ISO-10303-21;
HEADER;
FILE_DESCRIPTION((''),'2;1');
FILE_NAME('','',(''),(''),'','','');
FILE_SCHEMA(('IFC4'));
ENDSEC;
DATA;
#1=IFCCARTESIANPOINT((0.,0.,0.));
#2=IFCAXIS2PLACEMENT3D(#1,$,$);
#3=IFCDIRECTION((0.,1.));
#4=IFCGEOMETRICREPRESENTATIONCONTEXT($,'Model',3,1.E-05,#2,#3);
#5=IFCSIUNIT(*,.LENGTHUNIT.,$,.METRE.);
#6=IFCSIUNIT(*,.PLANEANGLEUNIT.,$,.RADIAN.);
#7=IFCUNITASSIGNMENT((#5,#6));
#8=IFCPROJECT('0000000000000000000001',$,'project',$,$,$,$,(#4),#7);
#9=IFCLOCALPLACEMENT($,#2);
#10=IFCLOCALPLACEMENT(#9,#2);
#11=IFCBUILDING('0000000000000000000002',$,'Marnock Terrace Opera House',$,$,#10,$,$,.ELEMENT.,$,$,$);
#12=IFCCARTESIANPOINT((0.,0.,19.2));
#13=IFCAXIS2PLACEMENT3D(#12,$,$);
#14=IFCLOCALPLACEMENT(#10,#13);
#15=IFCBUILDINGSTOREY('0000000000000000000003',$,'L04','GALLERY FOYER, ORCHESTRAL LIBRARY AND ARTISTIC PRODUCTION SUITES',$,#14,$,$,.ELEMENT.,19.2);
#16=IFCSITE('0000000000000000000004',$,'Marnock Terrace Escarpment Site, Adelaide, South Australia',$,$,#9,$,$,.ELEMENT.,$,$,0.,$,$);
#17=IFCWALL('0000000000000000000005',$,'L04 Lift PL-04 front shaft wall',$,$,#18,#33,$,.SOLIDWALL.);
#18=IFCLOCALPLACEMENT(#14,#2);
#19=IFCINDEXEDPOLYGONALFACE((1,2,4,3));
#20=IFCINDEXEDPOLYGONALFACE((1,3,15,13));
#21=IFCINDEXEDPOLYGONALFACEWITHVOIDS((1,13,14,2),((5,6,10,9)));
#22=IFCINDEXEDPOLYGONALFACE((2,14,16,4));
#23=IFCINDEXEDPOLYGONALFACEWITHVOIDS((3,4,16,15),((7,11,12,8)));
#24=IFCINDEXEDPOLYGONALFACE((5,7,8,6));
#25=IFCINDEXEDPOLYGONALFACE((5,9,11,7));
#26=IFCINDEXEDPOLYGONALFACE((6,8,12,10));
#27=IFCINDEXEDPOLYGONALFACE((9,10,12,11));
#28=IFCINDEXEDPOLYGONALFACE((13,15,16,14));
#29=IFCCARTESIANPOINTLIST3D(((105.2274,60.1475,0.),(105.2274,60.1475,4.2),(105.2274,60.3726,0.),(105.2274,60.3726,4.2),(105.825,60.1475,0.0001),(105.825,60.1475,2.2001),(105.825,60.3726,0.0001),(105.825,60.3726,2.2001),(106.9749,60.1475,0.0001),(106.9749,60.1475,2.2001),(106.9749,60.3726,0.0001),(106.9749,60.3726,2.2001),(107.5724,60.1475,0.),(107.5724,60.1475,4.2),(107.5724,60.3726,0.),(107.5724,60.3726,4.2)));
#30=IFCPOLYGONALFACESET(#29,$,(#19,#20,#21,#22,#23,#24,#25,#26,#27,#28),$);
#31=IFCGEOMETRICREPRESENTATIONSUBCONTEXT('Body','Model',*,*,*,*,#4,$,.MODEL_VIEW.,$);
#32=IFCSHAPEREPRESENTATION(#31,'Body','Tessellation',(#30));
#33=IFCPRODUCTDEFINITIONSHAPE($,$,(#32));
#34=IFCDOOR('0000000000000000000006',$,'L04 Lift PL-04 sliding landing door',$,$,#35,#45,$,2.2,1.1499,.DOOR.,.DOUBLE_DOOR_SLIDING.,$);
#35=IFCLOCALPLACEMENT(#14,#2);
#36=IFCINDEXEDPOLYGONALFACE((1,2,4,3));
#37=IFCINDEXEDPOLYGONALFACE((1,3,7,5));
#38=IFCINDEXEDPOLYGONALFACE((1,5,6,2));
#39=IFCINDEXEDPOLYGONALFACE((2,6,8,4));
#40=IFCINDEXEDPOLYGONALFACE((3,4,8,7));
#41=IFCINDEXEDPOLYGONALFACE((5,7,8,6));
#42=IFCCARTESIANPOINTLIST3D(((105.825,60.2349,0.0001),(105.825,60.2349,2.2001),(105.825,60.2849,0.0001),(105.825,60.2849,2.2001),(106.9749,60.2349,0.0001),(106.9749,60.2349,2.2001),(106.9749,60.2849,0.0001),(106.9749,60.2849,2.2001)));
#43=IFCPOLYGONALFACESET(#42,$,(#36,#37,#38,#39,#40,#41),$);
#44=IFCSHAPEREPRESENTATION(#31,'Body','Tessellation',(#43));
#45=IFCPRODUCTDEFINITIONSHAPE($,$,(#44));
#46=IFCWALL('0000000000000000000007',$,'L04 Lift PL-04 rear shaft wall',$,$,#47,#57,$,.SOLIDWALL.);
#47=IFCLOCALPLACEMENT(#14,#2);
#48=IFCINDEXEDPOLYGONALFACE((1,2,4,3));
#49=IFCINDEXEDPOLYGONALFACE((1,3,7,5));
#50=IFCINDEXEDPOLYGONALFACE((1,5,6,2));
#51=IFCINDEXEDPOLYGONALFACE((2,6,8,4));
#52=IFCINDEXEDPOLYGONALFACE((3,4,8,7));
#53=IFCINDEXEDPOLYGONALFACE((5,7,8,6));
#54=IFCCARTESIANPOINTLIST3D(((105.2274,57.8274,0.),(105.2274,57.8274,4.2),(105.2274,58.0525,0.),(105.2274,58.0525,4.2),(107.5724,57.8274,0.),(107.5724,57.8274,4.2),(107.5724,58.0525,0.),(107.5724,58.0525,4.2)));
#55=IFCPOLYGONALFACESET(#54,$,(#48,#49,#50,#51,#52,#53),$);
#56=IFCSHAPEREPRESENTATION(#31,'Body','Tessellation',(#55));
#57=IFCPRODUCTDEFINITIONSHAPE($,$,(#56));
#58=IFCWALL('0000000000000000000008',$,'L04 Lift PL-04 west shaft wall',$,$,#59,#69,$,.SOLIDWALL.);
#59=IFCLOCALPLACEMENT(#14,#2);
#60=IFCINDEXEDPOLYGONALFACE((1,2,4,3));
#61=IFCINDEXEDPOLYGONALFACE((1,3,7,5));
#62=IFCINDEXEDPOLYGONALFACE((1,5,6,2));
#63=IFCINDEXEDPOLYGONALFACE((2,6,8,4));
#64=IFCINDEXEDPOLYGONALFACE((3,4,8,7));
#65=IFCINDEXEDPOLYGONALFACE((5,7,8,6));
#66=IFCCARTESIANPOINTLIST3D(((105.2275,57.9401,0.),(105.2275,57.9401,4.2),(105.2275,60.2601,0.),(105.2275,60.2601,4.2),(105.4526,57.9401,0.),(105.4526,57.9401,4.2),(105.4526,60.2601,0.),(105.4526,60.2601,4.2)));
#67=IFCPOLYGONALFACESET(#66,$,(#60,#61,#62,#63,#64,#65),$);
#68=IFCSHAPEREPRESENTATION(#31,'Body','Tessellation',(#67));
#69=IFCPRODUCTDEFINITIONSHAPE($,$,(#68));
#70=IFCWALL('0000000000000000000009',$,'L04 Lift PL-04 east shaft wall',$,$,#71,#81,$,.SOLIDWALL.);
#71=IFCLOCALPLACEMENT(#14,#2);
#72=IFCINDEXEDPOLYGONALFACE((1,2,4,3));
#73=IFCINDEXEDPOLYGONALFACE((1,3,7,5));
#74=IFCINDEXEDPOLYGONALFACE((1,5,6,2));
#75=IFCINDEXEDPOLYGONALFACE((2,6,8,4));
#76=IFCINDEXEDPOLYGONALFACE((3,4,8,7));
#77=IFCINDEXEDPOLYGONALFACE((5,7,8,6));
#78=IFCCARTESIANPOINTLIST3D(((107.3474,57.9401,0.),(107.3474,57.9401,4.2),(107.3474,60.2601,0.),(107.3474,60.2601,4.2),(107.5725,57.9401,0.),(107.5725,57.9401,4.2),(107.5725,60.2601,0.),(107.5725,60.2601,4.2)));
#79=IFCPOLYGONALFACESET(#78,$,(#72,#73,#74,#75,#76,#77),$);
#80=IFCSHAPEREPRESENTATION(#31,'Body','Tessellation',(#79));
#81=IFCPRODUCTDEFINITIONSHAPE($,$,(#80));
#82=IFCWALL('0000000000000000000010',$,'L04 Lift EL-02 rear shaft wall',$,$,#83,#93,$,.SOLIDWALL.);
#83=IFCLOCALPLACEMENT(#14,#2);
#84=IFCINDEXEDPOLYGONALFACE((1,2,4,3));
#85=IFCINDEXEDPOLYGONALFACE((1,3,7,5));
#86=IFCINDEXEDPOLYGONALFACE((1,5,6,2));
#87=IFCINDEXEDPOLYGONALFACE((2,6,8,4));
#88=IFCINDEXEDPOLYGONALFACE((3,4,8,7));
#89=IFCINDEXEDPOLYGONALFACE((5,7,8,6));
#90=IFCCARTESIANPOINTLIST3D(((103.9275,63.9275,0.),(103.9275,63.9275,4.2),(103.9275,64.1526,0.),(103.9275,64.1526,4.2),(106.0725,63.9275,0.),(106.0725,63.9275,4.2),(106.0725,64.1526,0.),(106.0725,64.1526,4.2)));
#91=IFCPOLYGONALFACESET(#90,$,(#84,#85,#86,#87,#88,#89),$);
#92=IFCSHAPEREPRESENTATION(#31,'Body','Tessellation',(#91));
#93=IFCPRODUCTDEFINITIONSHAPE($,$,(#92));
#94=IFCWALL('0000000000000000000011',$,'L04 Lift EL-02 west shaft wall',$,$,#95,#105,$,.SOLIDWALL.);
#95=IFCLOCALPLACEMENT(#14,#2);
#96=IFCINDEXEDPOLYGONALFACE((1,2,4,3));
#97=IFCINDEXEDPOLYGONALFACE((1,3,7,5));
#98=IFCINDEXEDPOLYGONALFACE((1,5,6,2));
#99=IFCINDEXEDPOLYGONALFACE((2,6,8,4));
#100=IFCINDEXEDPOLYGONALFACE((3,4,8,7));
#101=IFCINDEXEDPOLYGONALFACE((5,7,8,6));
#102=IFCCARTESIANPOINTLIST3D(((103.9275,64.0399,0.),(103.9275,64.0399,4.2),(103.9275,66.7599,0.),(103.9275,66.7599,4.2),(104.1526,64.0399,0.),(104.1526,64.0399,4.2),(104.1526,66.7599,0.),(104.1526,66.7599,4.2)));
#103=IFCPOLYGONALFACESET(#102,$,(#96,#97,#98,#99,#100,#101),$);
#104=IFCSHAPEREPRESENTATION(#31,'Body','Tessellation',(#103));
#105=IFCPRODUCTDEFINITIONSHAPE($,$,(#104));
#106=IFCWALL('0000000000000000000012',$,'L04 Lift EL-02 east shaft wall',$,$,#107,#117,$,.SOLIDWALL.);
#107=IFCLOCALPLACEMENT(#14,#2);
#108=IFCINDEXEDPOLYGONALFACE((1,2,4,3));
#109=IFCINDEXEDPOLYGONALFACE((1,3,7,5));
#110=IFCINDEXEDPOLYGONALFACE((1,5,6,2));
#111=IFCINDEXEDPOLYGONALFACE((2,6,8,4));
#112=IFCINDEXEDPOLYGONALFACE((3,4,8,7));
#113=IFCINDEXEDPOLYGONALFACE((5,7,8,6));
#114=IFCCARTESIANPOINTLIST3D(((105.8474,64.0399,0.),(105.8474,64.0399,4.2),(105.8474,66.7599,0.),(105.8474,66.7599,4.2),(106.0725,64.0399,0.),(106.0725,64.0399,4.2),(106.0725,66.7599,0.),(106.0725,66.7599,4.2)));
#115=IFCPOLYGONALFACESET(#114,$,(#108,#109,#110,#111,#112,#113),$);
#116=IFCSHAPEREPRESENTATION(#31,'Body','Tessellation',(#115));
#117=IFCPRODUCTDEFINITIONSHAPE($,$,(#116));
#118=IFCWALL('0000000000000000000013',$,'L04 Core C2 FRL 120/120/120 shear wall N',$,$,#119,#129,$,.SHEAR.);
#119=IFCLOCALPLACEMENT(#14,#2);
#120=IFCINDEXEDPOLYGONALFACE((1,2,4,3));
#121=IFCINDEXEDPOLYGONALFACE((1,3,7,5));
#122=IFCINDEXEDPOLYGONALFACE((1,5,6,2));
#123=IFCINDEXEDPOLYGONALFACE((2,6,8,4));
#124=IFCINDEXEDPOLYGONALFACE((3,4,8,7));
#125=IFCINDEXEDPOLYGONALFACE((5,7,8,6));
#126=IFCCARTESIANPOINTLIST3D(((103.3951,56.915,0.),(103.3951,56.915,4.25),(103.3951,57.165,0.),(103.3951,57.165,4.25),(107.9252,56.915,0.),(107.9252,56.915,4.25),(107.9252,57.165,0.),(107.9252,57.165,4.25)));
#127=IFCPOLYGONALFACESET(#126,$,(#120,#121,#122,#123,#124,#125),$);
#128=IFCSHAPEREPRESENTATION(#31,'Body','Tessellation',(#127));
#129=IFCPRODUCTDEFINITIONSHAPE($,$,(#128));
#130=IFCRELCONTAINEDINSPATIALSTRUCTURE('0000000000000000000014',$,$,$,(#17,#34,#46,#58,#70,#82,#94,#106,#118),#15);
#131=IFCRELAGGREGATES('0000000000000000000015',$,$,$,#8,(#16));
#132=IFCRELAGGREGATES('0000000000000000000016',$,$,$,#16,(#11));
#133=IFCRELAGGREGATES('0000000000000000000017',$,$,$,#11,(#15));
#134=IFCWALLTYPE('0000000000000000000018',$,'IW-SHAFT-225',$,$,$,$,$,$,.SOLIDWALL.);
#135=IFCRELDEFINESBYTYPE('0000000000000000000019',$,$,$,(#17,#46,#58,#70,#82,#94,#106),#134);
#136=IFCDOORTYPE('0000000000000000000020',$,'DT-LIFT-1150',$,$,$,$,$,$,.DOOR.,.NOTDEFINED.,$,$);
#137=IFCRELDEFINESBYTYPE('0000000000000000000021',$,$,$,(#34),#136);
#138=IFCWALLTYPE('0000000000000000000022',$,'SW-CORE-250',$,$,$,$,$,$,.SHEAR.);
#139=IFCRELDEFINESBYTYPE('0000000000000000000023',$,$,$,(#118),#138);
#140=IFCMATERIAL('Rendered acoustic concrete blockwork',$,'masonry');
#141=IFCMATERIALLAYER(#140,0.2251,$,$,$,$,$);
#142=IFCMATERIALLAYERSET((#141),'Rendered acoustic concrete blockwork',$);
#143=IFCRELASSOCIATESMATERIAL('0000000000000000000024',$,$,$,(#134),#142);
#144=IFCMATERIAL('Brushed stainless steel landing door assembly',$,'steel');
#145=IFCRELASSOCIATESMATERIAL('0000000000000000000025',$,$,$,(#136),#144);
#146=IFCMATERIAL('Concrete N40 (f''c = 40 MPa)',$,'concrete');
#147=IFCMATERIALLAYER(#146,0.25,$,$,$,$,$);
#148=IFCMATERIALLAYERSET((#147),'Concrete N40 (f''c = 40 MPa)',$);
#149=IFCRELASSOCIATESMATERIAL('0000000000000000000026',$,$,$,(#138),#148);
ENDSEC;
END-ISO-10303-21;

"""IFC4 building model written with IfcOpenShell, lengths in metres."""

from ifc_helpers import new_model, si_unit, direction, frame, frame_2d, origin, place, context, subcontext, project, spatial, rectangle, extrude, material, layer, layer_set, type_object, element, fill, save


model = new_model("IFC4")

# Units and contexts
model_context = context("Model", 3, precision=1e-05, world=origin(), true_north=direction((0.0, 1.0)))
body_context = subcontext(model_context, "Body", "Model", "MODEL_VIEW")
ifc_project = project(units=[si_unit("LENGTHUNIT", "METRE"), si_unit("PLANEANGLEUNIT", "RADIAN")], contexts=[model_context])

# Site, building, storey
site_placement = place(None, origin())
site = spatial("IfcSite", under=ifc_project, at=site_placement, Name="Marnock Terrace Escarpment Site, Adelaide, South Australia", CompositionType="ELEMENT", RefElevation=0.0)
building_placement = place(site_placement, origin())
building = spatial("IfcBuilding", under=site, at=building_placement, Name="Marnock Terrace Opera House", CompositionType="ELEMENT")
storey_placement = place(building_placement, frame((0.0, 0.0, 19.2)))
storey = spatial("IfcBuildingStorey", under=building, at=storey_placement, Name="L04", Description="GALLERY FOYER, ORCHESTRAL LIBRARY AND ARTISTIC PRODUCTION SUITES", CompositionType="ELEMENT", Elevation=19.2)

# Shared definitions
ifc_material_1 = material(Name="Concrete N40 (f'c = 40 MPa)", Category="concrete")

# Shared definitions
ifc_material_2 = material(Name="Rendered acoustic concrete blockwork", Category="masonry")
ifc_layer_1 = layer(ifc_material_2, 0.2251)
ifc_layer_set_1 = layer_set([ifc_layer_1], Name="Rendered acoustic concrete blockwork")
wall_type_1 = type_object("IfcWallType", Name="IW-SHAFT-225", PredefinedType="SOLIDWALL", material=ifc_layer_set_1)

# Wall, opening, door
wall_1_placement = place(storey_placement, frame((105.2275, 60.26, 0.0), z_axis=(0.0, 0.0, 1.0), x_axis=(1.0, 0.0, 0.0)))
wall_1 = element("IfcWall", 1, at=wall_1_placement, inside=storey, type_object=wall_type_1, Name="L04 Lift PL-04 front shaft wall", PredefinedType="SOLIDWALL", context=body_context, shape_type="SweptSolid", body=[
    extrude(rectangle(XDim=2.345, YDim=0.2251, at=frame_2d((1.1724, 0.0))), origin(), (0.0, 0.0, 1.0), 4.2),
])
opening_placement = place(wall_1_placement, frame((0.5974, 0.0, 0.0)))
opening = element("IfcOpeningElement", 2, at=opening_placement, cuts=wall_1, PredefinedType="OPENING", context=body_context, shape_type="SweptSolid", body=[
    extrude(rectangle(XDim=1.1499, YDim=2.2, at=frame_2d((0.575, 1.1001))), frame((0.0, 0.1226, 0.0), z_axis=(0.0, -1.0, 0.0), x_axis=(1.0, 0.0, 0.0)), (0.0, 0.0, 1.0), 0.2451),
])
ifc_material_3 = material(Name="Brushed stainless steel landing door assembly", Category="steel")
door_type = type_object("IfcDoorType", Name="DT-LIFT-1150", OperationType="NOTDEFINED", PredefinedType="DOOR", material=ifc_material_3)
door_placement = place(opening_placement, origin())
door = element("IfcDoor", 3, at=door_placement, inside=storey, type_object=door_type, Name="L04 Lift PL-04 sliding landing door", OperationType="DOUBLE_DOOR_SLIDING", OverallHeight=2.2, OverallWidth=1.1499, PredefinedType="DOOR", context=body_context, shape_type="SweptSolid", body=[
    extrude(rectangle(XDim=1.1499, YDim=2.2, at=frame_2d((0.575, 1.1001))), frame((0.0, 0.0249, 0.0), z_axis=(0.0, -1.0, 0.0), x_axis=(1.0, 0.0, 0.0)), (0.0, 0.0, 1.0), 0.05),
])
fill(opening, door)

# Walls
wall_2_placement = place(storey_placement, frame((105.2275, 57.9399, 0.0), z_axis=(0.0, 0.0, 1.0), x_axis=(1.0, 0.0, 0.0)))
element("IfcWall", 4, at=wall_2_placement, inside=storey, type_object=wall_type_1, Name="L04 Lift PL-04 rear shaft wall", PredefinedType="SOLIDWALL", context=body_context, shape_type="SweptSolid", body=[
    extrude(rectangle(XDim=2.345, YDim=0.2251, at=frame_2d((1.1724, 0.0))), origin(), (0.0, 0.0, 1.0), 4.2),
])
for number, where, z_axis, x_axis, name in (
    (5, (105.3401, 57.9399, 0.0), (0.0, 0.0, 1.0), (0.0, 1.0, 0.0), "L04 Lift PL-04 west shaft wall"),
    (6, (107.46, 57.9399, 0.0), (0.0, 0.0, 1.0), (0.0, 1.0, 0.0), "L04 Lift PL-04 east shaft wall"),
):
    element("IfcWall", number, at=place(storey_placement, frame(where, z_axis=z_axis, x_axis=x_axis)), inside=storey, type_object=wall_type_1, Name=name, PredefinedType="SOLIDWALL", context=body_context, shape_type="SweptSolid", body=[
        extrude(rectangle(XDim=2.3201, YDim=0.2251, at=frame_2d((1.1602, 0.0))), origin(), (0.0, 0.0, 1.0), 4.2),
    ])
wall_3_placement = place(storey_placement, frame((103.9275, 64.04, 0.0), z_axis=(0.0, 0.0, 1.0), x_axis=(1.0, 0.0, 0.0)))
element("IfcWall", 7, at=wall_3_placement, inside=storey, type_object=wall_type_1, Name="L04 Lift EL-02 rear shaft wall", PredefinedType="SOLIDWALL", context=body_context, shape_type="SweptSolid", body=[
    extrude(rectangle(XDim=2.145, YDim=0.2251, at=frame_2d((1.0725, 0.0))), origin(), (0.0, 0.0, 1.0), 4.2),
])
for number, where, z_axis, x_axis, name in (
    (8, (104.04, 64.04, 0.0), (0.0, 0.0, 1.0), (0.0, 1.0, 0.0), "L04 Lift EL-02 west shaft wall"),
    (9, (105.96, 64.04, 0.0), (0.0, 0.0, 1.0), (0.0, 1.0, 0.0), "L04 Lift EL-02 east shaft wall"),
):
    element("IfcWall", number, at=place(storey_placement, frame(where, z_axis=z_axis, x_axis=x_axis)), inside=storey, type_object=wall_type_1, Name=name, PredefinedType="SOLIDWALL", context=body_context, shape_type="SweptSolid", body=[
        extrude(rectangle(XDim=2.72, YDim=0.2251, at=frame_2d((1.3599, 0.0))), origin(), (0.0, 0.0, 1.0), 4.2),
    ])
ifc_layer_2 = layer(ifc_material_1, 0.25)
ifc_layer_set_2 = layer_set([ifc_layer_2], Name="Concrete N40 (f'c = 40 MPa)")
wall_type_2 = type_object("IfcWallType", Name="SW-CORE-250", PredefinedType="SHEAR", material=ifc_layer_set_2)
wall_4_placement = place(storey_placement, frame((103.395, 57.04, 0.0), z_axis=(0.0, 0.0, 1.0), x_axis=(1.0, 0.0, 0.0)))
element("IfcWall", 10, at=wall_4_placement, inside=storey, type_object=wall_type_2, Name="L04 Core C2 FRL 120/120/120 shear wall N", PredefinedType="SHEAR", context=body_context, shape_type="SweptSolid", body=[
    extrude(rectangle(XDim=4.53, YDim=0.25, at=frame_2d((2.2651, 0.0))), origin(), (0.0, 0.0, 1.0), 4.25),
])

save(model, "model.ifc")
